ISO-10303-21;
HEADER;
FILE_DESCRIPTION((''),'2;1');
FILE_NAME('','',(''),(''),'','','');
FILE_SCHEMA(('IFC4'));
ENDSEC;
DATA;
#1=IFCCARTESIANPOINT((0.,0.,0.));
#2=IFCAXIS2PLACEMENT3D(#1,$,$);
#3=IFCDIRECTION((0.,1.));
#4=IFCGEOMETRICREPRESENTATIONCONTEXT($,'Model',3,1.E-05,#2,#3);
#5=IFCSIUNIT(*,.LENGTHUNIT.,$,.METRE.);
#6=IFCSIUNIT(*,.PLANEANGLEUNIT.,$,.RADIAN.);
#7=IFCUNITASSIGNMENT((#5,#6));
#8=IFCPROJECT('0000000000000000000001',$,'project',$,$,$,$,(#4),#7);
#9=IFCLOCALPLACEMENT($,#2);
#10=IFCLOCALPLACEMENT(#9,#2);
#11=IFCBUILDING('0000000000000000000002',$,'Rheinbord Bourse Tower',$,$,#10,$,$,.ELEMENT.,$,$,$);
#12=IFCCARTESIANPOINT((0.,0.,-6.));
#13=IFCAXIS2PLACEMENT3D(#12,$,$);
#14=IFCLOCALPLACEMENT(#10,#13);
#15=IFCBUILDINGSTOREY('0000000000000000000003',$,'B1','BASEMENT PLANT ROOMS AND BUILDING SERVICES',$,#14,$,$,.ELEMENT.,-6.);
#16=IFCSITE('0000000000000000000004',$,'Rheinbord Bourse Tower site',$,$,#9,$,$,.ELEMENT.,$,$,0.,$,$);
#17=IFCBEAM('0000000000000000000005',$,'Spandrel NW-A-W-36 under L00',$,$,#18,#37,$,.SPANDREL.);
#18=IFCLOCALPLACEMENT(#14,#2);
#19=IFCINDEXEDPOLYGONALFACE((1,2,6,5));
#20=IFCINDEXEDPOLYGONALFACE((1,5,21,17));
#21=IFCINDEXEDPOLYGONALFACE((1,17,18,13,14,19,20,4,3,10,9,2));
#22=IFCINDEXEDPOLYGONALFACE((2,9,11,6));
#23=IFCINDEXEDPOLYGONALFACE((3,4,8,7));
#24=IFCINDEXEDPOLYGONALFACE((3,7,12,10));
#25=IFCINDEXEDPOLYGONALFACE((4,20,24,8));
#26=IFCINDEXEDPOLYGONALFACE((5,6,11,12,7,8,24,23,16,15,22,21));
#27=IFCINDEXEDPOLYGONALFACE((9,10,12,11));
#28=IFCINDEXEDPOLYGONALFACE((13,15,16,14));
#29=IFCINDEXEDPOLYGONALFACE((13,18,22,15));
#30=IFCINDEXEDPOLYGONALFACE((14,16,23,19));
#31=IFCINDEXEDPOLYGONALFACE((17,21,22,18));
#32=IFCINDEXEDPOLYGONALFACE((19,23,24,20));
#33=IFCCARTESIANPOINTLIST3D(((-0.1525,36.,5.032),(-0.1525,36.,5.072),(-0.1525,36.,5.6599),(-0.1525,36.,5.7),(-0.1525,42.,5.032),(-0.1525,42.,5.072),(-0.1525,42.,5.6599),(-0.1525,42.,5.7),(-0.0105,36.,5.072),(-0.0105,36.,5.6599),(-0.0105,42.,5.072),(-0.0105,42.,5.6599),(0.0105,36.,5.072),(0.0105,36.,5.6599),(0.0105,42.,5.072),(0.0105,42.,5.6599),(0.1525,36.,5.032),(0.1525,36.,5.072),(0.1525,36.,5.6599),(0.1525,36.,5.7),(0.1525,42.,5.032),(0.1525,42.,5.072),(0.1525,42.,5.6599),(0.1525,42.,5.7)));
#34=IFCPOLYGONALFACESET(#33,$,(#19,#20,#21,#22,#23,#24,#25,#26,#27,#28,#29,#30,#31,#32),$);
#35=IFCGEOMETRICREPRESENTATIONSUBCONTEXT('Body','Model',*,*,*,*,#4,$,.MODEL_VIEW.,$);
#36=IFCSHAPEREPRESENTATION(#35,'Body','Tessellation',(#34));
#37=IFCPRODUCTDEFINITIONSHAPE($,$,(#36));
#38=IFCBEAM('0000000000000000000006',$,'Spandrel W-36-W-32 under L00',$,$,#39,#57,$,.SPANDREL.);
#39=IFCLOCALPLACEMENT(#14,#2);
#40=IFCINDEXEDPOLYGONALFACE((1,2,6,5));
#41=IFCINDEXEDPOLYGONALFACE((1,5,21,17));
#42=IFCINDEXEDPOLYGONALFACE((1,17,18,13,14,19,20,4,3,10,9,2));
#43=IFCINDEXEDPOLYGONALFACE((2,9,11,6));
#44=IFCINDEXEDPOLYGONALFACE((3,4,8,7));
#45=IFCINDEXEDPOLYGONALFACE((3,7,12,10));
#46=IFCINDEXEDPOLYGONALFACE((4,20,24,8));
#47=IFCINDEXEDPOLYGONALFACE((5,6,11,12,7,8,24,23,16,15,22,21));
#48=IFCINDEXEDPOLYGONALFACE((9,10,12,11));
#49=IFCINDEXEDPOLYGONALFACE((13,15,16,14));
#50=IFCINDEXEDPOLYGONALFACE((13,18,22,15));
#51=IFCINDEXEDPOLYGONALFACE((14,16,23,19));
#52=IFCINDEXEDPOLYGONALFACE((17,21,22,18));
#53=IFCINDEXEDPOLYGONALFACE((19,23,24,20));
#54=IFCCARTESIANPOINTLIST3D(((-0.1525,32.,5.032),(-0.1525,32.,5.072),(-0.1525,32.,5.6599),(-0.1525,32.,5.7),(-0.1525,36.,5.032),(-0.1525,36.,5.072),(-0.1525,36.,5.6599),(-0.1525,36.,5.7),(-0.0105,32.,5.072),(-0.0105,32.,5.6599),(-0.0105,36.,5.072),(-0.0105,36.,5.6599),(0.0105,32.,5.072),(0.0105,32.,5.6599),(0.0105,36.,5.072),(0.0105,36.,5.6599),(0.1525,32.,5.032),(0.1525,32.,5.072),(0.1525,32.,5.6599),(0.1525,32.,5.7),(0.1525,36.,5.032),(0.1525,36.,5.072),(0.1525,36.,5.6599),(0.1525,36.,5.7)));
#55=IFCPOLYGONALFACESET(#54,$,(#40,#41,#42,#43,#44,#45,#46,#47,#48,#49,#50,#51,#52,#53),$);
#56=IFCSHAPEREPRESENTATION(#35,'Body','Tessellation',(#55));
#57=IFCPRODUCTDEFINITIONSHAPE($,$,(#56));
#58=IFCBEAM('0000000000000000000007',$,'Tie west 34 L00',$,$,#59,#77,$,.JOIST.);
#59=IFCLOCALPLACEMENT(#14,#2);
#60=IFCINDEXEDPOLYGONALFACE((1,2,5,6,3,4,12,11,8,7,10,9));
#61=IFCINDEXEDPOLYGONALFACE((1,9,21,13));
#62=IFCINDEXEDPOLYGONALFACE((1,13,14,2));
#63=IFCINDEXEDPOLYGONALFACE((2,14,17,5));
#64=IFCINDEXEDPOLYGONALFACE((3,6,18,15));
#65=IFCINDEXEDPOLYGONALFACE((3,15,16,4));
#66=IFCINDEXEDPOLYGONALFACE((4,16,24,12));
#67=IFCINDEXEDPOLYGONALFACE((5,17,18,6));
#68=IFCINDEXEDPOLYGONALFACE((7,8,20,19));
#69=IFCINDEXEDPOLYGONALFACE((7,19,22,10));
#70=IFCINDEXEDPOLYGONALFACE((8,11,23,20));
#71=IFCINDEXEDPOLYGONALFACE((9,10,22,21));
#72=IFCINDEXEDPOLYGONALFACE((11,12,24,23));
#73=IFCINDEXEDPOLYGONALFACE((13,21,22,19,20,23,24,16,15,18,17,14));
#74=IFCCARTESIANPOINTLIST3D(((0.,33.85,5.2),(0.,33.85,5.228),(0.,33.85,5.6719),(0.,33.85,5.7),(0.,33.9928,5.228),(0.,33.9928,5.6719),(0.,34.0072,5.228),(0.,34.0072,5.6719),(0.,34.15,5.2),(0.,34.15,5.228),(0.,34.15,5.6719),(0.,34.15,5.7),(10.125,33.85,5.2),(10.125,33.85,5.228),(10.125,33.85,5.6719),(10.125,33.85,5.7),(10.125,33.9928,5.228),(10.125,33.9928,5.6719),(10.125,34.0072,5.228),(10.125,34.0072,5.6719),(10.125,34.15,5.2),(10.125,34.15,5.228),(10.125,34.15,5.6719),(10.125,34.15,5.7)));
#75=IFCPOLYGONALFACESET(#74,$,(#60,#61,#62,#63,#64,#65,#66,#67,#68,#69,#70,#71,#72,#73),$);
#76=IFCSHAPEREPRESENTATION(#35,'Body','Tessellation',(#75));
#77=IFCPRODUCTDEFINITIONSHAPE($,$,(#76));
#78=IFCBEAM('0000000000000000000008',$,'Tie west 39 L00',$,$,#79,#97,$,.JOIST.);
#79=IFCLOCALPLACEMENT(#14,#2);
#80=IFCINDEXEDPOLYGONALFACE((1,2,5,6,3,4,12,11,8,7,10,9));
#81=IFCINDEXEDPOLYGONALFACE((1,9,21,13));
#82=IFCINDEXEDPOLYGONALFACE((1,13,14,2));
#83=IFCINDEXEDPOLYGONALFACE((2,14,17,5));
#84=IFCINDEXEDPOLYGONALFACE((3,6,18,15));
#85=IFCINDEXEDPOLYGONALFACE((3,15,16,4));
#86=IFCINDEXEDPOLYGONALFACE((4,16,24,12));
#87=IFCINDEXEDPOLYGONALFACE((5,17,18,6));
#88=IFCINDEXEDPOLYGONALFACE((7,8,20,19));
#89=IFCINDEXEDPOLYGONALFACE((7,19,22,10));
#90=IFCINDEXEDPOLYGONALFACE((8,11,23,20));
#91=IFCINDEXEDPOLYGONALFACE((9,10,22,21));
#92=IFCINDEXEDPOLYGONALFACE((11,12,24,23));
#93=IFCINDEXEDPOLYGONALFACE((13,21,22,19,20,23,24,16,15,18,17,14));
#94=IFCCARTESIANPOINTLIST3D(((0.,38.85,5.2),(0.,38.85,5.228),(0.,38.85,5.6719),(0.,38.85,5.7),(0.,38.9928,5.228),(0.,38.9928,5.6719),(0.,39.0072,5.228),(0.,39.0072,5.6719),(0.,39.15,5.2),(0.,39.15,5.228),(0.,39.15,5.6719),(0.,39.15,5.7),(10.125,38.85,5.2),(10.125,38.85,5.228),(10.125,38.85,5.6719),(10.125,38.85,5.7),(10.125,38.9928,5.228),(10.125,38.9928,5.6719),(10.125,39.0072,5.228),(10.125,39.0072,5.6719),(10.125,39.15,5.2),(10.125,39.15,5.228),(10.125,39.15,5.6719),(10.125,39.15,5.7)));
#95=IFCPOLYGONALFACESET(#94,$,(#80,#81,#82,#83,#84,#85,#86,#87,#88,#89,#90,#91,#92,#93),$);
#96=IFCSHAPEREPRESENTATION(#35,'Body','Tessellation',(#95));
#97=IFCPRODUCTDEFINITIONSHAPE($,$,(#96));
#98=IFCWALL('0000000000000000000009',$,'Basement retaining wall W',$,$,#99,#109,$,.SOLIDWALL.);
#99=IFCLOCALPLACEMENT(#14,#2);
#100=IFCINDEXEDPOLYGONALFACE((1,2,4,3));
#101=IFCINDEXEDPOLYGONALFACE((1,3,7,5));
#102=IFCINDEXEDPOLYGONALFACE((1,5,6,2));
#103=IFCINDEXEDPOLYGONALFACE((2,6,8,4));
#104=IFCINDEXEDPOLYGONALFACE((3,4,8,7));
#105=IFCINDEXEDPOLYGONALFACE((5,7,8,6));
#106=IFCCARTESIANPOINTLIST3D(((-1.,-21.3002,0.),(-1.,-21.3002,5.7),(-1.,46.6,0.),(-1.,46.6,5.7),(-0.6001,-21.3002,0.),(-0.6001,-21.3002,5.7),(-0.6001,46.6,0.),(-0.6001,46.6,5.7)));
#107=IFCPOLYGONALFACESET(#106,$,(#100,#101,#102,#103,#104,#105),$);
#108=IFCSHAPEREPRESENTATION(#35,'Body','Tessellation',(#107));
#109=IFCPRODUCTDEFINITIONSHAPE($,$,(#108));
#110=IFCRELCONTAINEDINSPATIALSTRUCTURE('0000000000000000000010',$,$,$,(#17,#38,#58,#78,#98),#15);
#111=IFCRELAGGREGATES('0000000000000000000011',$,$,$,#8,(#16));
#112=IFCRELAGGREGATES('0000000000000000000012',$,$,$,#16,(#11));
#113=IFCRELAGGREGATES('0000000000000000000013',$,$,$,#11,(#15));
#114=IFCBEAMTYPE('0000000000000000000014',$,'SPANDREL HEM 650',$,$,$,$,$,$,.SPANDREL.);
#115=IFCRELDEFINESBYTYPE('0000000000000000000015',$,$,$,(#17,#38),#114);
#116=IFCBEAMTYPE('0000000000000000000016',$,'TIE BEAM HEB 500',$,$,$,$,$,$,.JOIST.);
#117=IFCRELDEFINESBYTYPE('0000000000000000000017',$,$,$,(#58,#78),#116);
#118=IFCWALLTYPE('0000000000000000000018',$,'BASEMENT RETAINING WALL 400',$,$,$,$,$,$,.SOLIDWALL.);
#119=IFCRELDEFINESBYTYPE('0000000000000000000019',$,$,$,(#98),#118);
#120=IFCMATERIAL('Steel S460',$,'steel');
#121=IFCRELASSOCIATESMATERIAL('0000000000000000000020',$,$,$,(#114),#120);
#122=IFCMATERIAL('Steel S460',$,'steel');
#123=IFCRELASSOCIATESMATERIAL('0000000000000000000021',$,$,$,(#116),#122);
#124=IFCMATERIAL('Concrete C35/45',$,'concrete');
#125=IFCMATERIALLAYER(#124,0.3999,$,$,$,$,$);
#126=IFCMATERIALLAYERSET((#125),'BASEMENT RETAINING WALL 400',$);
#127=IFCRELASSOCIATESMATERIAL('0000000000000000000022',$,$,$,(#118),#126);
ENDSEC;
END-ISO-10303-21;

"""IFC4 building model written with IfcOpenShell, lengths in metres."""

from ifc_helpers import new_model, si_unit, direction, frame, frame_2d, origin, origin_2d, place, context, subcontext, project, spatial, rectangle, i_section, extrude, material, layer, layer_set, material_profile, profile_set, type_object, element, save


model = new_model("IFC4")

# Units and contexts
model_context = context("Model", 3, precision=1e-05, world=origin(), true_north=direction((0.0, 1.0)))
body_context = subcontext(model_context, "Body", "Model", "MODEL_VIEW")
ifc_project = project(units=[si_unit("LENGTHUNIT", "METRE"), si_unit("PLANEANGLEUNIT", "RADIAN")], contexts=[model_context])

# Site, building, storey
site_placement = place(None, origin())
site = spatial("IfcSite", under=ifc_project, at=site_placement, Name="Rheinbord Bourse Tower site", CompositionType="ELEMENT", RefElevation=0.0)
building_placement = place(site_placement, origin())
building = spatial("IfcBuilding", under=site, at=building_placement, Name="Rheinbord Bourse Tower", CompositionType="ELEMENT")
storey_placement = place(building_placement, frame((0.0, 0.0, -6.0)))
storey = spatial("IfcBuildingStorey", under=building, at=storey_placement, Name="B1", Description="BASEMENT PLANT ROOMS AND BUILDING SERVICES", CompositionType="ELEMENT", Elevation=-6.0)

# Beams
ifc_material_1 = material(Name="Steel S460", Category="steel")
ifc_material_profile_1 = material_profile(ifc_material_1, i_section(OverallWidth=0.3049, OverallDepth=0.668, WebThickness=0.021, FlangeThickness=0.04, at=origin_2d()), Name="HEM 650")
ifc_profile_set_1 = profile_set([ifc_material_profile_1], Name="Steel S460")
beam_type_1 = type_object("IfcBeamType", Name="SPANDREL HEM 650", PredefinedType="SPANDREL", material=ifc_profile_set_1)
beam_1_placement = place(storey_placement, frame((0.0, 42.0, 5.366), z_axis=(0.0, -1.0, 0.0), x_axis=(1.0, 0.0, 0.0)))
element("IfcBeam", 1, at=beam_1_placement, inside=storey, type_object=beam_type_1, Name="Spandrel NW-A-W-36 under L00", PredefinedType="SPANDREL", context=body_context, shape_type="SweptSolid", body=[
    extrude(i_section(OverallWidth=0.3049, OverallDepth=0.668, WebThickness=0.021, FlangeThickness=0.04, at=origin_2d()), origin(), (0.0, 0.0, 1.0), 6.0),
])
beam_2_placement = place(storey_placement, frame((0.0, 36.0, 5.366), z_axis=(0.0, -1.0, 0.0), x_axis=(1.0, 0.0, 0.0)))
element("IfcBeam", 2, at=beam_2_placement, inside=storey, type_object=beam_type_1, Name="Spandrel W-36-W-32 under L00", PredefinedType="SPANDREL", context=body_context, shape_type="SweptSolid", body=[
    extrude(i_section(OverallWidth=0.3049, OverallDepth=0.668, WebThickness=0.021, FlangeThickness=0.04, at=origin_2d()), origin(), (0.0, 0.0, 1.0), 4.0),
])
ifc_material_2 = material(Name="Steel S460", Category="steel")
ifc_material_profile_2 = material_profile(ifc_material_2, i_section(OverallWidth=0.3, OverallDepth=0.5, WebThickness=0.0144, FlangeThickness=0.0281, at=origin_2d()), Name="HEB 500")
ifc_profile_set_2 = profile_set([ifc_material_profile_2], Name="Steel S460")
beam_type_2 = type_object("IfcBeamType", Name="TIE BEAM HEB 500", PredefinedType="JOIST", material=ifc_profile_set_2)
for number, where, z_axis, x_axis, name in (
    (3, (0.0, 34.0, 5.45), (1.0, 0.0, 0.0), (0.0, 1.0, 0.0), "Tie west 34 L00"),
    (4, (0.0, 39.0, 5.45), (1.0, 0.0, 0.0), (0.0, 1.0, 0.0), "Tie west 39 L00"),
):
    element("IfcBeam", number, at=place(storey_placement, frame(where, z_axis=z_axis, x_axis=x_axis)), inside=storey, type_object=beam_type_2, Name=name, PredefinedType="JOIST", context=body_context, shape_type="SweptSolid", body=[
        extrude(i_section(OverallWidth=0.3, OverallDepth=0.5, WebThickness=0.0144, FlangeThickness=0.0281, at=origin_2d()), origin(), (0.0, 0.0, 1.0), 10.125),
    ])

# Wall
ifc_material_3 = material(Name="Concrete C35/45", Category="concrete")
ifc_layer = layer(ifc_material_3, 0.3999)
ifc_layer_set = layer_set([ifc_layer], Name="BASEMENT RETAINING WALL 400")
wall_type = type_object("IfcWallType", Name="BASEMENT RETAINING WALL 400", PredefinedType="SOLIDWALL", material=ifc_layer_set)
wall_placement = place(storey_placement, frame((-0.8, 46.6001, 0.0), z_axis=(0.0, 0.0, 1.0), x_axis=(0.0, -1.0, 0.0)))
element("IfcWall", 5, at=wall_placement, inside=storey, type_object=wall_type, Name="Basement retaining wall W", PredefinedType="SOLIDWALL", context=body_context, shape_type="SweptSolid", body=[
    extrude(rectangle(XDim=67.9001, YDim=0.3999, at=frame_2d((33.9502, 0.0))), origin(), (0.0, 0.0, 1.0), 5.7),
])

save(model, "model.ifc")
